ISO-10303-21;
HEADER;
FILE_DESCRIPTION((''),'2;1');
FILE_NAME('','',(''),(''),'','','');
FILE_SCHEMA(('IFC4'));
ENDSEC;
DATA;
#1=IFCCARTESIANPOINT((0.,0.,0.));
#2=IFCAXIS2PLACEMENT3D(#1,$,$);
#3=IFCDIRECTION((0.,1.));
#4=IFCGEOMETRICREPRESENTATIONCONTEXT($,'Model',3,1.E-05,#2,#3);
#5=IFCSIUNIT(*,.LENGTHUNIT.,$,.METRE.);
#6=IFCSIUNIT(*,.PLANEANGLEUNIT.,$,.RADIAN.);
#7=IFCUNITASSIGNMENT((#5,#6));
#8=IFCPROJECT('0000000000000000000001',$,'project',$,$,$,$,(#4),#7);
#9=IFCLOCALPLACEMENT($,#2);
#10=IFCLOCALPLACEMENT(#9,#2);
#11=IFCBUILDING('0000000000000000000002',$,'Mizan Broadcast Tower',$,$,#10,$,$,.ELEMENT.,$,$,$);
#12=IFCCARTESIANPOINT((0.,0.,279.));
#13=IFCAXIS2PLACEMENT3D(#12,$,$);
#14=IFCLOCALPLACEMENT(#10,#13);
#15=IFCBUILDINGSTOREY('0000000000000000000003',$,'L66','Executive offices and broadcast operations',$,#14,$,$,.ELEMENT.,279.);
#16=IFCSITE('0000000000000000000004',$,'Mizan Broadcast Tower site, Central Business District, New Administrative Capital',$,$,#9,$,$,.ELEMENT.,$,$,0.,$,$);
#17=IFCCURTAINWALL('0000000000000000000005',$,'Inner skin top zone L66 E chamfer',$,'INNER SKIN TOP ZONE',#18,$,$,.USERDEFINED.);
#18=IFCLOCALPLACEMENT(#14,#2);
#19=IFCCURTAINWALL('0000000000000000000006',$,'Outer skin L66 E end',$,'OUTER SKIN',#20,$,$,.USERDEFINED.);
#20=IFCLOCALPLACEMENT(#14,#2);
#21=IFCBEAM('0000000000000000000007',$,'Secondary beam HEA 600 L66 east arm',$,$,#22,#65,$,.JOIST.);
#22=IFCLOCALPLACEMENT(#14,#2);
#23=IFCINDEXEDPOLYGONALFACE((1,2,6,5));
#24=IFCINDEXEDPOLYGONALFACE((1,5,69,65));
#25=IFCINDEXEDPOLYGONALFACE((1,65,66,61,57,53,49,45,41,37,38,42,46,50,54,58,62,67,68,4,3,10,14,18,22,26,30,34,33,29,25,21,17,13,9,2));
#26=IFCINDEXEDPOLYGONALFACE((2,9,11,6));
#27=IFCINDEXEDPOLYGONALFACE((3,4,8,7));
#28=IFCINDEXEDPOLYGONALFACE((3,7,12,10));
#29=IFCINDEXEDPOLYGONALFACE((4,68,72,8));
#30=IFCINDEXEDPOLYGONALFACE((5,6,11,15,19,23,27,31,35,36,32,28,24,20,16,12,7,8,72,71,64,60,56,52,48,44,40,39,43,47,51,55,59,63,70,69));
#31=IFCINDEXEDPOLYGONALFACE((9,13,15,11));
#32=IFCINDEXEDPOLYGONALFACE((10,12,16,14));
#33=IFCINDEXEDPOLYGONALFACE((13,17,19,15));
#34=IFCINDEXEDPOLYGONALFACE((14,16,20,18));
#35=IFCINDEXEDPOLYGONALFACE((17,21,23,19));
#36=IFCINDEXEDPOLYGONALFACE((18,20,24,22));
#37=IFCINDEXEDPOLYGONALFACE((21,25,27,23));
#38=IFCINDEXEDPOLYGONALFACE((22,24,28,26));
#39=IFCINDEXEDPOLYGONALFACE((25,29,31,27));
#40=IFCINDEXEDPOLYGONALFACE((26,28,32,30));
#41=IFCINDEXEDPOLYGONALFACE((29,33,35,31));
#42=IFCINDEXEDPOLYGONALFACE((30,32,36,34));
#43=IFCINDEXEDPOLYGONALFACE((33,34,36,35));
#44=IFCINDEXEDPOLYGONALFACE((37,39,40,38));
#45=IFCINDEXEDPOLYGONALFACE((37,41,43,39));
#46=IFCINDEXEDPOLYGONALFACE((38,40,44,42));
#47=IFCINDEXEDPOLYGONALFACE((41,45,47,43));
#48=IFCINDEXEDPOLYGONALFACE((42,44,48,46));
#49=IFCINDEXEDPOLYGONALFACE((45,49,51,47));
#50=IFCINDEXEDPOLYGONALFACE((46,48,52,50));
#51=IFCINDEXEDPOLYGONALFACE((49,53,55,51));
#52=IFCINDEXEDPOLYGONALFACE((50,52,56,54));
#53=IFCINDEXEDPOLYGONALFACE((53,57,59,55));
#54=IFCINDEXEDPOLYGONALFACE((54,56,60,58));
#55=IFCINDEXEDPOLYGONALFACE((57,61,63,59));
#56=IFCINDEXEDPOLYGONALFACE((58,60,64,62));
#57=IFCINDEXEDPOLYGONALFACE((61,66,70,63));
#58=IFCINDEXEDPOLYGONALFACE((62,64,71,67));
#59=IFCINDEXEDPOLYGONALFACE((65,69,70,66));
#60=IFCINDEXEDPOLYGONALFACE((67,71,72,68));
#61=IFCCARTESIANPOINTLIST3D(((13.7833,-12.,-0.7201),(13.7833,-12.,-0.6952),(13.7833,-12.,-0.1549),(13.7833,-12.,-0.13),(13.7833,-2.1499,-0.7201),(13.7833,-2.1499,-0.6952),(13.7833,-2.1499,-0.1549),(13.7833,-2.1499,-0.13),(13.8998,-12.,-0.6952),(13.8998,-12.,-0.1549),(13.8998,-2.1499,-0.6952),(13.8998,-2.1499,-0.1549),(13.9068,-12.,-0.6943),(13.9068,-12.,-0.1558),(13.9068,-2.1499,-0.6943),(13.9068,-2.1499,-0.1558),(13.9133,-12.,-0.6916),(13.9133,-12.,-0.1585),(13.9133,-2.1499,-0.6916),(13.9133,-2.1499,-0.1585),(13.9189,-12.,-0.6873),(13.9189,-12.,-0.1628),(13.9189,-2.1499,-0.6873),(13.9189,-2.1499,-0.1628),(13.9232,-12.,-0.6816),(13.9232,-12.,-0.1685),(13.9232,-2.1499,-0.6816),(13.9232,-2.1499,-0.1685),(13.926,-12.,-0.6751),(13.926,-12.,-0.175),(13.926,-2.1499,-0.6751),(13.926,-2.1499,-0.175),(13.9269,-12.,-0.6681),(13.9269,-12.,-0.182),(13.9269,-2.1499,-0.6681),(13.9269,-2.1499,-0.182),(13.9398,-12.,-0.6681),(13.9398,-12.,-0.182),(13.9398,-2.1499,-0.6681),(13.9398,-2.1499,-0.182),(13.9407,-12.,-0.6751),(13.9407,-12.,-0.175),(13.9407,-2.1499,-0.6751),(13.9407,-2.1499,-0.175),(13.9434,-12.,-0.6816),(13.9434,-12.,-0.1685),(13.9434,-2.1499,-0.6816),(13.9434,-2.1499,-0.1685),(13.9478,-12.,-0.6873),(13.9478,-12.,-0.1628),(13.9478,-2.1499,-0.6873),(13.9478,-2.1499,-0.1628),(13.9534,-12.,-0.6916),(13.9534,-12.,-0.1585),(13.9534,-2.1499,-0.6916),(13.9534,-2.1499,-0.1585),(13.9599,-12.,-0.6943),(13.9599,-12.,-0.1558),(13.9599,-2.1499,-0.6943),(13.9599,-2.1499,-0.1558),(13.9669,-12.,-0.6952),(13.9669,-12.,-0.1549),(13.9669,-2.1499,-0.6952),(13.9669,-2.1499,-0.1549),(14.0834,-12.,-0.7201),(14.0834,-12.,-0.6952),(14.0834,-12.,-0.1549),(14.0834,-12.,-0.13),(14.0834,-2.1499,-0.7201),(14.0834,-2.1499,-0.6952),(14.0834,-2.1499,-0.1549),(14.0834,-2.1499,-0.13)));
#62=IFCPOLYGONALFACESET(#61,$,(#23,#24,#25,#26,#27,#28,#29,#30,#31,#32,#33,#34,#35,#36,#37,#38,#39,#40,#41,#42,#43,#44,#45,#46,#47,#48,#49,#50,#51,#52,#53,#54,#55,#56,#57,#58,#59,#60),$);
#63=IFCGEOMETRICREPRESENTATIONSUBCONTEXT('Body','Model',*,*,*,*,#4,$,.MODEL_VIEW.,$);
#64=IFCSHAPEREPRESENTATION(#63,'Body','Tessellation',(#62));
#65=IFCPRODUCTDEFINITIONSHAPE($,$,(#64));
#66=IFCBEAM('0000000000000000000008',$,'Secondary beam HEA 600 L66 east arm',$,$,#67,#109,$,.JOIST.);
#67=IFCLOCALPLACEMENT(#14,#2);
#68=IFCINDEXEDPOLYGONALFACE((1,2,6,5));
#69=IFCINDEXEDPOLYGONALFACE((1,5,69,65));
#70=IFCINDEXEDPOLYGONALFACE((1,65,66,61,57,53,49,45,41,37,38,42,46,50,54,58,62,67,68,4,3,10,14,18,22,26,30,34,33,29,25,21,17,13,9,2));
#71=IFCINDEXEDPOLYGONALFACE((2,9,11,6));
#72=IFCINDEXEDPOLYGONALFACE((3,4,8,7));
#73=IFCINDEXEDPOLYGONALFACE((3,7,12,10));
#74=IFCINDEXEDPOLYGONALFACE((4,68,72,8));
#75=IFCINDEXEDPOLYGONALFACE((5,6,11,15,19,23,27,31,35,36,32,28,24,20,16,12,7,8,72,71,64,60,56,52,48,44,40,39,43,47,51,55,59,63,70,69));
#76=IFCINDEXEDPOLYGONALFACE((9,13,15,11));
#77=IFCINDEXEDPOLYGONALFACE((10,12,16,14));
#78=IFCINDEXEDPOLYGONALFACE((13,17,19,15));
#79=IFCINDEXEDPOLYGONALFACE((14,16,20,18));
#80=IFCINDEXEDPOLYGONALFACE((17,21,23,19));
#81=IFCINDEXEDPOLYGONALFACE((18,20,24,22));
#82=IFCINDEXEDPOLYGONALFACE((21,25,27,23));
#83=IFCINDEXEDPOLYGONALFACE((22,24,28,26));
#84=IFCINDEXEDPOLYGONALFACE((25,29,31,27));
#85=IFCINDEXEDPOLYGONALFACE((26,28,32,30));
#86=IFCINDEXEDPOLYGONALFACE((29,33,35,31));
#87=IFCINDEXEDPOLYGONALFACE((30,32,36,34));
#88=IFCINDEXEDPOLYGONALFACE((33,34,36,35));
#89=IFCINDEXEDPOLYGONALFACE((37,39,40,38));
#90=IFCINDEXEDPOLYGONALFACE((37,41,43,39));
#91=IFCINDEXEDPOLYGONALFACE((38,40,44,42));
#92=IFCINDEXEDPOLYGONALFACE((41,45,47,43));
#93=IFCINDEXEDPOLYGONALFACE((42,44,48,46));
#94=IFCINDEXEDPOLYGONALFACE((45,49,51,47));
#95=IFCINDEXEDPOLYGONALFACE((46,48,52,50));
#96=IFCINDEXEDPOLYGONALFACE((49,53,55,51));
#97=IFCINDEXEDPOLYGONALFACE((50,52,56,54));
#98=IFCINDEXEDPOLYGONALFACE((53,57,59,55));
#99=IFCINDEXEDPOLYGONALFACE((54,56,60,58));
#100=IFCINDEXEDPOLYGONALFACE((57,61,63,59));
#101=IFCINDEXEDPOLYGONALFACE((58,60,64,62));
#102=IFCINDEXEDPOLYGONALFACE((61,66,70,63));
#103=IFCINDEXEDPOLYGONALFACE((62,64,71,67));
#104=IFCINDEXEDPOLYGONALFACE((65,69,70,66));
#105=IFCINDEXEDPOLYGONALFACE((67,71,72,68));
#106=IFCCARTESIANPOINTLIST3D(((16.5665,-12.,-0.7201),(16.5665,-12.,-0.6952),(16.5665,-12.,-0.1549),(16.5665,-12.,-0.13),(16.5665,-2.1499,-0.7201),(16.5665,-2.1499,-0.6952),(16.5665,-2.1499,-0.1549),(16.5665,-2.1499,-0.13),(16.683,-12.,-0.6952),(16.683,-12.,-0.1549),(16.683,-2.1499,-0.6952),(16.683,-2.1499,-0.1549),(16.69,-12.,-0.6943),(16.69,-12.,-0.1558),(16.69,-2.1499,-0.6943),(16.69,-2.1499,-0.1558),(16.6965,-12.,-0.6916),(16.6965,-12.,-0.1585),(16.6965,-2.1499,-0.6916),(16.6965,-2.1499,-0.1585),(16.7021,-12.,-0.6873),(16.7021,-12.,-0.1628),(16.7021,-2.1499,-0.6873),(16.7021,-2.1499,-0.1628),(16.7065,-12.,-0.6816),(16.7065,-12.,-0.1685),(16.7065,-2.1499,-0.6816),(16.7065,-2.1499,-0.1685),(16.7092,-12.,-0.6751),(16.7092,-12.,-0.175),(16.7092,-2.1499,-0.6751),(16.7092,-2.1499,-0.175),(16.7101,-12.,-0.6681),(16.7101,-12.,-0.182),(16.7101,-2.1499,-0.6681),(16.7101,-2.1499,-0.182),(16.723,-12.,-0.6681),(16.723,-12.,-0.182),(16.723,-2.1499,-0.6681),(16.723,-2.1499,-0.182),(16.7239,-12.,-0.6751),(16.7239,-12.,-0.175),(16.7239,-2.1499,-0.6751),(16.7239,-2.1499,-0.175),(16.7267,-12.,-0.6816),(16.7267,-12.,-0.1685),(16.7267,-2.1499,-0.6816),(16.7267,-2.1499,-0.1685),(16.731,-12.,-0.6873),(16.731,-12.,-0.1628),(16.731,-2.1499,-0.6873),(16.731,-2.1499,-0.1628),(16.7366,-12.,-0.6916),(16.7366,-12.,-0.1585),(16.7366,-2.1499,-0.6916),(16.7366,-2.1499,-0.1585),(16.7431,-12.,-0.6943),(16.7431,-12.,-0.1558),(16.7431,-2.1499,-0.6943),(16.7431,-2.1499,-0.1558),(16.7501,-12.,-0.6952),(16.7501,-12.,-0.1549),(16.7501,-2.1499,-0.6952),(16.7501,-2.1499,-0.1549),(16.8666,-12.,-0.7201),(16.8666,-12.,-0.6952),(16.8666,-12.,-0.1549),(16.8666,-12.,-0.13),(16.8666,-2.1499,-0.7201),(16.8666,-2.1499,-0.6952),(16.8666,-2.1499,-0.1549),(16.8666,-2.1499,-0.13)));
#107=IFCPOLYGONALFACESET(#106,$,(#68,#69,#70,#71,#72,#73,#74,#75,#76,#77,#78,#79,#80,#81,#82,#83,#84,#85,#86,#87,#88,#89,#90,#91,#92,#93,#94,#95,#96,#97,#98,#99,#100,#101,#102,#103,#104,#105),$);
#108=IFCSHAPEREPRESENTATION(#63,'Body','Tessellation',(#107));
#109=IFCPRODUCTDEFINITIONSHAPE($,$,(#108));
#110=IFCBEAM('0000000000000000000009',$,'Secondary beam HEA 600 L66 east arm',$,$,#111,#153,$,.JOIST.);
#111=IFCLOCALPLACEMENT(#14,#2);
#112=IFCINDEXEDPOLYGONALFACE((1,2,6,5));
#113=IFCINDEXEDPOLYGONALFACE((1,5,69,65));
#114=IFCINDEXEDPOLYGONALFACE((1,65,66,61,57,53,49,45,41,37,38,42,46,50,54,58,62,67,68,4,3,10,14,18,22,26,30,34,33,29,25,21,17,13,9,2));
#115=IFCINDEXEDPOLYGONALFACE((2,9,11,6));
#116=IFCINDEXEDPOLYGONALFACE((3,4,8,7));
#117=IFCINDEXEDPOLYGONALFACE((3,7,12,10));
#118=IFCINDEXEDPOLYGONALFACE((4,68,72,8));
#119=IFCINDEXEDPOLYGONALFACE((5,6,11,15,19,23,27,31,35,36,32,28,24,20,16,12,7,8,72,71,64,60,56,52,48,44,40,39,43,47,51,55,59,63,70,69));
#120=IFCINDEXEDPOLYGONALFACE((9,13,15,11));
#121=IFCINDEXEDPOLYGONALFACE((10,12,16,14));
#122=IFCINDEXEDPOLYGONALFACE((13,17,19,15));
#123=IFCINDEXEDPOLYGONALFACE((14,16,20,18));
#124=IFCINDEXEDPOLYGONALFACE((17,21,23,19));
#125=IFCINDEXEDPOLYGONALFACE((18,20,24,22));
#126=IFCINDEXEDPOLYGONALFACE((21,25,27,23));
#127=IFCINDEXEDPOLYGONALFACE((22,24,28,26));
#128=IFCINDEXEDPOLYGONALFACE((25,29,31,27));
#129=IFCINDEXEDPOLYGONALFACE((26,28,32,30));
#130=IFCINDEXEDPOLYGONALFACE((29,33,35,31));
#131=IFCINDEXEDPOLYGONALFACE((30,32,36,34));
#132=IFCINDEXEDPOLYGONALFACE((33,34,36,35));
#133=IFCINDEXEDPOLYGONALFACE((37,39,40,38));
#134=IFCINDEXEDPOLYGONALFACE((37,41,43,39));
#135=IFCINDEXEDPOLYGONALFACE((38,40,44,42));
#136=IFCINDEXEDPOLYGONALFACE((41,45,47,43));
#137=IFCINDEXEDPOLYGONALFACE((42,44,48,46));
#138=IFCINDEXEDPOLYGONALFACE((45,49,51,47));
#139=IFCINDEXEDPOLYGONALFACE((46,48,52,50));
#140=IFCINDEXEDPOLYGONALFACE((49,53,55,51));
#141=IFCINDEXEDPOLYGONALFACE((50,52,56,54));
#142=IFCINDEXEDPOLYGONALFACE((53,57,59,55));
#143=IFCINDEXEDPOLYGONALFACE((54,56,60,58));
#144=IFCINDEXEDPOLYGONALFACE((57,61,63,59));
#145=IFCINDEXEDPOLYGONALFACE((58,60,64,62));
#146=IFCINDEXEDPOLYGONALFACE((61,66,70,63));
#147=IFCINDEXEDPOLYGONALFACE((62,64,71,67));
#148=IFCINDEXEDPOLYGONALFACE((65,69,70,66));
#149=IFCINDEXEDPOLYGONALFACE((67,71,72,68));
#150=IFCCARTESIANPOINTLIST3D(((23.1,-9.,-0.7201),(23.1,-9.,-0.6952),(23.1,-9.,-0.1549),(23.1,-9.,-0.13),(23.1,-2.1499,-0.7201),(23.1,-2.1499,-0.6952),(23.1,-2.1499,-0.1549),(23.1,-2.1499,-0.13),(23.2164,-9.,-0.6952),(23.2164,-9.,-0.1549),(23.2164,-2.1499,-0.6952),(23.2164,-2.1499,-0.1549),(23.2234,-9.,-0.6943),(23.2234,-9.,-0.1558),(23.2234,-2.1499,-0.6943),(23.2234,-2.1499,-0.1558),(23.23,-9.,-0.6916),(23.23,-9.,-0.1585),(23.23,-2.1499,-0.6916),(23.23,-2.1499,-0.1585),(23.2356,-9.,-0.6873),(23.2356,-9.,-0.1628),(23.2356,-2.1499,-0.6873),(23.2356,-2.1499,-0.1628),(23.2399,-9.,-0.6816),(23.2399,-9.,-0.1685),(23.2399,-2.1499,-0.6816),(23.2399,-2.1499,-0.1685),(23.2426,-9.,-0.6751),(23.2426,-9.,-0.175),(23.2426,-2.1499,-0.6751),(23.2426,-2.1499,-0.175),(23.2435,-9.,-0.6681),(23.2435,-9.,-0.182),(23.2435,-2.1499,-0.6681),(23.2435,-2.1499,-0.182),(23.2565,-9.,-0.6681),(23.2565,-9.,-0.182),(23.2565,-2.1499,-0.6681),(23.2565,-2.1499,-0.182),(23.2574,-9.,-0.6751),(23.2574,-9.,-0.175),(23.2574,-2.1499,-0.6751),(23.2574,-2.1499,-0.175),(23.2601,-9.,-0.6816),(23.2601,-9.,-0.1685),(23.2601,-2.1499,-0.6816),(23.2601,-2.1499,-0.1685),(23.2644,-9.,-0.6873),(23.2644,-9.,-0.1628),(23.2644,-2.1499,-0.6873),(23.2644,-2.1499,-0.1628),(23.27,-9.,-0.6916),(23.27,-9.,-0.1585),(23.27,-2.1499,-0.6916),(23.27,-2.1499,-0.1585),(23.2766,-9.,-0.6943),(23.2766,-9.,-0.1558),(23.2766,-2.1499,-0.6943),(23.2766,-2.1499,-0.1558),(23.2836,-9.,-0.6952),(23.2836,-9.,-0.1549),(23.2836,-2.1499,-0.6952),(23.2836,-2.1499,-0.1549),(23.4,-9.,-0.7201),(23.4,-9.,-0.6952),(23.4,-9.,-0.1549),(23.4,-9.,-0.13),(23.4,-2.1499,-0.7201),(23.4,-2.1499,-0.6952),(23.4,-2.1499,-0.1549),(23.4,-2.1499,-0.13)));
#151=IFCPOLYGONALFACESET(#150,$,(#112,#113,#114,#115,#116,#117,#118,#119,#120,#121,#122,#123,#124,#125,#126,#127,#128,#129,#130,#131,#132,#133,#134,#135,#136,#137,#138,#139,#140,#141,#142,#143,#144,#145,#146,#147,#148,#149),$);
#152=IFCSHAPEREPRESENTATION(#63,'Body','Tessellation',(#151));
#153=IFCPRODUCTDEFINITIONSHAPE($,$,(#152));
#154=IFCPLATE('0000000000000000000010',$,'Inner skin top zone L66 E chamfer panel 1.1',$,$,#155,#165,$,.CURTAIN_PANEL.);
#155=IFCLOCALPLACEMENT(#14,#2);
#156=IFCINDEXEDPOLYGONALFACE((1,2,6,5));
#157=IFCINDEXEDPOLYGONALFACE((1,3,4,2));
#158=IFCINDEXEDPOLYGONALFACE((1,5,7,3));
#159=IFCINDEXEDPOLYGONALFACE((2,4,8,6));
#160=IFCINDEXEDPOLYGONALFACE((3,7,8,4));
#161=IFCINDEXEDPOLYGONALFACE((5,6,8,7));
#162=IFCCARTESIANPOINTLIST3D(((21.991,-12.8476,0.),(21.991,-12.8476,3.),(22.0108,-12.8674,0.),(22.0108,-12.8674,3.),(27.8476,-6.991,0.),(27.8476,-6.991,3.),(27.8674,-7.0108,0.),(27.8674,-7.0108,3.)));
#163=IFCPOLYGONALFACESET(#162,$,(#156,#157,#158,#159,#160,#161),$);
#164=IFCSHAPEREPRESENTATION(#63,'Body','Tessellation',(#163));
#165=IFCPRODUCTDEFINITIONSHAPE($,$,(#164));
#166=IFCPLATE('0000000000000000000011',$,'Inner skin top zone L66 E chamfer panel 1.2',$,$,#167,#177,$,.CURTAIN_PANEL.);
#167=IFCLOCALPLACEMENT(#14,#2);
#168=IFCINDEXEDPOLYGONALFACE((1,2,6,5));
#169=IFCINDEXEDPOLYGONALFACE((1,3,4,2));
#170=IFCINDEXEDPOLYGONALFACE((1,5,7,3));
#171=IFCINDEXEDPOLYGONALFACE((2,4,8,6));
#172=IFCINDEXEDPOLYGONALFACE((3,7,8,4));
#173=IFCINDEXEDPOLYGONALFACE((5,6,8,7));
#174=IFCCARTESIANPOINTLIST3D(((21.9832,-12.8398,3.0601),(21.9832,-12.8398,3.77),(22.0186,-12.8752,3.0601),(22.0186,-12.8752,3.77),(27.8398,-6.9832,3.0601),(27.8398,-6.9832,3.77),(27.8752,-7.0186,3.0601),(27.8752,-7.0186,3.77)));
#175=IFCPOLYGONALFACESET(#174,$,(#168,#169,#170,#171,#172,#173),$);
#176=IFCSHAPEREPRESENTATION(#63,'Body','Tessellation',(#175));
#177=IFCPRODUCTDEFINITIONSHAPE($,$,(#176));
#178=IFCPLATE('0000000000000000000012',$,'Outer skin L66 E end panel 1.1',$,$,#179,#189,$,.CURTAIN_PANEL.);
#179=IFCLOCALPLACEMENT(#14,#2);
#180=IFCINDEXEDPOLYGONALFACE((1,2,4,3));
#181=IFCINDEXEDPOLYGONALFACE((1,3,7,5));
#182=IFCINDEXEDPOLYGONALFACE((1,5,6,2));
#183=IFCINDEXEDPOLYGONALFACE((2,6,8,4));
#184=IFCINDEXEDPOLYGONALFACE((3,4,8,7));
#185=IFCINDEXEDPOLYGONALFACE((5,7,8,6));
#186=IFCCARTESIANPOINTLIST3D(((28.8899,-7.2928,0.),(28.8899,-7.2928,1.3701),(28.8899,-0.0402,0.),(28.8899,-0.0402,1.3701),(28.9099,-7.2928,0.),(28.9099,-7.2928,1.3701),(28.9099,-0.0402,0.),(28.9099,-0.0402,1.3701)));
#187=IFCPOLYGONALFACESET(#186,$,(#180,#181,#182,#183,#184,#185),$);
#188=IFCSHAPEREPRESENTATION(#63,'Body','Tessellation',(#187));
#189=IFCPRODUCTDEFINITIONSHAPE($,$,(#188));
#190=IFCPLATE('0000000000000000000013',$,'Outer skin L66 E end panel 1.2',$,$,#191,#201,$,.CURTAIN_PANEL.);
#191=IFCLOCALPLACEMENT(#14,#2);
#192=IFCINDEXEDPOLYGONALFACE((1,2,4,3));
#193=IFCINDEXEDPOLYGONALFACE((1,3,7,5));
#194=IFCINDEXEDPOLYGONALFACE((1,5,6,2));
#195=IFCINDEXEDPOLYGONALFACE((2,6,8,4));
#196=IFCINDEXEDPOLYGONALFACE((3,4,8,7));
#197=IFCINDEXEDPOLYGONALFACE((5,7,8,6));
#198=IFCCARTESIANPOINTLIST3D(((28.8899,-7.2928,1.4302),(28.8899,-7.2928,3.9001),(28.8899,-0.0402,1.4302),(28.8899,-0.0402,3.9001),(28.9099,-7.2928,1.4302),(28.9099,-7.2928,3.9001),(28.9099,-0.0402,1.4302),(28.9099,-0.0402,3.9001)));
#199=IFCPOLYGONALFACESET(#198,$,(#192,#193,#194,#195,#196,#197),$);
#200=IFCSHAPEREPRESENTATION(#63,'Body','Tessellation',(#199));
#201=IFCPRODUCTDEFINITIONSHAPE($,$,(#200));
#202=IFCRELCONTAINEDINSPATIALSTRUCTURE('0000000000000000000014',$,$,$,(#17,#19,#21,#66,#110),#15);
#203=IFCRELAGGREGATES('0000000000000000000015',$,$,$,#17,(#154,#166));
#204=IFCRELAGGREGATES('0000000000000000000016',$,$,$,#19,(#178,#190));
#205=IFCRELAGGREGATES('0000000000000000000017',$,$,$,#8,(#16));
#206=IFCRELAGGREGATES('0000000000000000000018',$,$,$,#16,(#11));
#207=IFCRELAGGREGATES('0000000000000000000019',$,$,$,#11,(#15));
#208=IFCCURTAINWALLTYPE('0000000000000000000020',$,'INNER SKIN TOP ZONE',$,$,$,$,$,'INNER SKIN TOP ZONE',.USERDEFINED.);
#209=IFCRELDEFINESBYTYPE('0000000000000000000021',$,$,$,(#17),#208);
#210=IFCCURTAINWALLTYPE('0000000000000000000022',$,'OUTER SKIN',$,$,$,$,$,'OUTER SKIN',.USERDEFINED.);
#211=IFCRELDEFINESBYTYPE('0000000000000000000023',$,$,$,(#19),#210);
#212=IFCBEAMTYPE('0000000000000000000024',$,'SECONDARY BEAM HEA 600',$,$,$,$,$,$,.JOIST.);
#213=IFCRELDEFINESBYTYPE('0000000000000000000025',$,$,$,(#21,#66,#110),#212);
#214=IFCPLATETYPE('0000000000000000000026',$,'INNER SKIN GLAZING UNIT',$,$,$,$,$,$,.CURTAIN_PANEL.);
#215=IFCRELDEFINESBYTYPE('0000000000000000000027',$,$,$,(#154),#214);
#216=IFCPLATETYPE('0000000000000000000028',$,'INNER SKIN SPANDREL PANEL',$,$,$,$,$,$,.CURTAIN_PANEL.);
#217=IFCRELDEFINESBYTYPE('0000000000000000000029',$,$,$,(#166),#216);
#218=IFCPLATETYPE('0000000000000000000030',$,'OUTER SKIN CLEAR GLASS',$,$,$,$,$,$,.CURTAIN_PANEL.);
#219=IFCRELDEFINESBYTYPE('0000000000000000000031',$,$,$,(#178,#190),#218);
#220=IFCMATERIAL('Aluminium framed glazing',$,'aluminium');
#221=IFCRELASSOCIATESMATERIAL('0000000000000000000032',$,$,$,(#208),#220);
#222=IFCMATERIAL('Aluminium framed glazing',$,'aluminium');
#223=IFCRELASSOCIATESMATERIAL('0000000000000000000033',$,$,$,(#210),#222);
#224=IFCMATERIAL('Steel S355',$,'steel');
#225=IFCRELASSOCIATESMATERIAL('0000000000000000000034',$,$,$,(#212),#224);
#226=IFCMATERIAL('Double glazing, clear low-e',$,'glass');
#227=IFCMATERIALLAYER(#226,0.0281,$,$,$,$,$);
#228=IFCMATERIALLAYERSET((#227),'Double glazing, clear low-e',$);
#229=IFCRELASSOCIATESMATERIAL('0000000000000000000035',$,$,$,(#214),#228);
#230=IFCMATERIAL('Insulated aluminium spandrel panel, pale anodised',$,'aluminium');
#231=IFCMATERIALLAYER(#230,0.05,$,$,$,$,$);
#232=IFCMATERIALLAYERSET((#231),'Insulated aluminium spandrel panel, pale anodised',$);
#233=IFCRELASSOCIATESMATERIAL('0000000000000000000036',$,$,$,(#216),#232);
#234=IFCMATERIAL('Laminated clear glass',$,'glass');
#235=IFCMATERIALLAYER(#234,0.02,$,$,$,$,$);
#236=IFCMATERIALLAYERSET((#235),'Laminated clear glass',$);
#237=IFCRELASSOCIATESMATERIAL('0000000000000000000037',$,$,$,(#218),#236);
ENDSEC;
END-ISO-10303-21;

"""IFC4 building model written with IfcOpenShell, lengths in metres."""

from ifc_helpers import new_model, si_unit, direction, frame, origin, origin_2d, place, context, subcontext, project, spatial, rectangle, i_section, extrude, material, layer, layer_set, material_profile, profile_set, type_object, element, aggregate, save


model = new_model("IFC4")

# Units and contexts
model_context = context("Model", 3, precision=1e-05, world=origin(), true_north=direction((0.0, 1.0)))
body_context = subcontext(model_context, "Body", "Model", "MODEL_VIEW")
ifc_project = project(units=[si_unit("LENGTHUNIT", "METRE"), si_unit("PLANEANGLEUNIT", "RADIAN")], contexts=[model_context])

# Site, building, storey
site_placement = place(None, origin())
site = spatial("IfcSite", under=ifc_project, at=site_placement, Name="Mizan Broadcast Tower site, Central Business District, New Administrative Capital", CompositionType="ELEMENT", RefElevation=0.0)
building_placement = place(site_placement, origin())
building = spatial("IfcBuilding", under=site, at=building_placement, Name="Mizan Broadcast Tower", CompositionType="ELEMENT")
storey_placement = place(building_placement, frame((0.0, 0.0, 279.0)))
storey = spatial("IfcBuildingStorey", under=building, at=storey_placement, Name="L66", Description="Executive offices and broadcast operations", CompositionType="ELEMENT", Elevation=279.0)

# Curtain wall
ifc_material_1 = material(Name="Aluminium framed glazing", Category="aluminium")
curtain_wall_type_1 = type_object("IfcCurtainWallType", Name="INNER SKIN TOP ZONE", ElementType="INNER SKIN TOP ZONE", PredefinedType="USERDEFINED", material=ifc_material_1)
curtain_wall_1_placement = place(storey_placement, origin())
curtain_wall_1 = element("IfcCurtainWall", 1, at=curtain_wall_1_placement, inside=storey, type_object=curtain_wall_type_1, Name="Inner skin top zone L66 E chamfer", ObjectType="INNER SKIN TOP ZONE", PredefinedType="USERDEFINED")

# Shared definitions
ifc_material_2 = material(Name="Aluminium framed glazing", Category="aluminium")
curtain_wall_type_2 = type_object("IfcCurtainWallType", Name="OUTER SKIN", ElementType="OUTER SKIN", PredefinedType="USERDEFINED", material=ifc_material_2)

# Curtain wall
curtain_wall_2_placement = place(storey_placement, origin())
curtain_wall_2 = element("IfcCurtainWall", 2, at=curtain_wall_2_placement, inside=storey, type_object=curtain_wall_type_2, Name="Outer skin L66 E end", ObjectType="OUTER SKIN", PredefinedType="USERDEFINED")

# Beams
ifc_material_3 = material(Name="Steel S355", Category="steel")
ifc_material_profile_1 = material_profile(ifc_material_3, i_section(OverallWidth=0.3, OverallDepth=0.5901, WebThickness=0.0129, FlangeThickness=0.0249, FilletRadius=0.0271, at=origin_2d()), Name="HEA 600")
ifc_profile_set_1 = profile_set([ifc_material_profile_1], Name="Steel S355")
beam_type_1 = type_object("IfcBeamType", Name="SECONDARY BEAM HEA 600", PredefinedType="JOIST", material=ifc_profile_set_1)
for number, where, z_axis, x_axis, name in (
    (3, (13.9333, -12.0, -0.425), (0.0, 1.0, 0.0), (-1.0, 0.0, 0.0), "Secondary beam HEA 600 L66 east arm"),
    (4, (16.7166, -12.0, -0.425), (0.0, 1.0, 0.0), (-1.0, 0.0, 0.0), "Secondary beam HEA 600 L66 east arm"),
):
    element("IfcBeam", number, at=place(storey_placement, frame(where, z_axis=z_axis, x_axis=x_axis)), inside=storey, type_object=beam_type_1, Name=name, PredefinedType="JOIST", context=body_context, shape_type="SweptSolid", body=[
        extrude(i_section(OverallWidth=0.3, OverallDepth=0.5901, WebThickness=0.0129, FlangeThickness=0.0249, FilletRadius=0.0271, at=origin_2d()), origin(), (0.0, 0.0, 1.0), 9.8501),
    ])
beam_1_placement = place(storey_placement, frame((23.25, -9.0, -0.425), z_axis=(0.0, 1.0, 0.0), x_axis=(-1.0, 0.0, 0.0)))
element("IfcBeam", 5, at=beam_1_placement, inside=storey, type_object=beam_type_1, Name="Secondary beam HEA 600 L66 east arm", PredefinedType="JOIST", context=body_context, shape_type="SweptSolid", body=[
    extrude(i_section(OverallWidth=0.3, OverallDepth=0.5901, WebThickness=0.0129, FlangeThickness=0.0249, FilletRadius=0.0271, at=origin_2d()), origin(), (0.0, 0.0, 1.0), 6.8501),
])

# Plates
ifc_material_4 = material(Name="Double glazing, clear low-e", Category="glass")
ifc_layer_1 = layer(ifc_material_4, 0.0281)
ifc_layer_set_1 = layer_set([ifc_layer_1], Name="Double glazing, clear low-e")
plate_type_1 = type_object("IfcPlateType", Name="INNER SKIN GLAZING UNIT", PredefinedType="CURTAIN_PANEL", material=ifc_layer_set_1)
plate_1_placement = place(storey_placement, frame((24.9292, -9.9292, 0.0), z_axis=(0.0, 0.0, 1.0), x_axis=(0.707107, 0.707107, 0.0)))
plate_1 = element("IfcPlate", 6, at=plate_1_placement, type_object=plate_type_1, Name="Inner skin top zone L66 E chamfer panel 1.1", PredefinedType="CURTAIN_PANEL", context=body_context, shape_type="SweptSolid", body=[
    extrude(rectangle(XDim=8.2825, YDim=0.0281, at=origin_2d()), origin(), (0.0, 0.0, 1.0), 3.0),
])
ifc_material_5 = material(Name="Insulated aluminium spandrel panel, pale anodised", Category="aluminium")
ifc_layer_2 = layer(ifc_material_5, 0.05)
ifc_layer_set_2 = layer_set([ifc_layer_2], Name="Insulated aluminium spandrel panel, pale anodised")
plate_type_2 = type_object("IfcPlateType", Name="INNER SKIN SPANDREL PANEL", PredefinedType="CURTAIN_PANEL", material=ifc_layer_set_2)
plate_2_placement = place(storey_placement, frame((24.9292, -9.9292, 3.0601), z_axis=(0.0, 0.0, 1.0), x_axis=(0.707107, 0.707107, 0.0)))
plate_2 = element("IfcPlate", 7, at=plate_2_placement, type_object=plate_type_2, Name="Inner skin top zone L66 E chamfer panel 1.2", PredefinedType="CURTAIN_PANEL", context=body_context, shape_type="SweptSolid", body=[
    extrude(rectangle(XDim=8.2825, YDim=0.05, at=origin_2d()), origin(), (0.0, 0.0, 1.0), 0.71),
])
aggregate(curtain_wall_1, [plate_1, plate_2])
ifc_material_6 = material(Name="Laminated clear glass", Category="glass")
ifc_layer_3 = layer(ifc_material_6, 0.02)
ifc_layer_set_3 = layer_set([ifc_layer_3], Name="Laminated clear glass")
plate_type_3 = type_object("IfcPlateType", Name="OUTER SKIN CLEAR GLASS", PredefinedType="CURTAIN_PANEL", material=ifc_layer_set_3)
plate_3_placement = place(storey_placement, frame((28.8999, -3.6665, 0.0), z_axis=(0.0, 0.0, 1.0), x_axis=(0.0, 1.0, 0.0)))
plate_3 = element("IfcPlate", 8, at=plate_3_placement, type_object=plate_type_3, Name="Outer skin L66 E end panel 1.1", PredefinedType="CURTAIN_PANEL", context=body_context, shape_type="SweptSolid", body=[
    extrude(rectangle(XDim=7.2527, YDim=0.02, at=origin_2d()), origin(), (0.0, 0.0, 1.0), 1.3701),
])
plate_4_placement = place(storey_placement, frame((28.8999, -3.6665, 1.4302), z_axis=(0.0, 0.0, 1.0), x_axis=(0.0, 1.0, 0.0)))
plate_4 = element("IfcPlate", 9, at=plate_4_placement, type_object=plate_type_3, Name="Outer skin L66 E end panel 1.2", PredefinedType="CURTAIN_PANEL", context=body_context, shape_type="SweptSolid", body=[
    extrude(rectangle(XDim=7.2527, YDim=0.02, at=origin_2d()), origin(), (0.0, 0.0, 1.0), 2.47),
])
aggregate(curtain_wall_2, [plate_3, plate_4])

save(model, "model.ifc")
